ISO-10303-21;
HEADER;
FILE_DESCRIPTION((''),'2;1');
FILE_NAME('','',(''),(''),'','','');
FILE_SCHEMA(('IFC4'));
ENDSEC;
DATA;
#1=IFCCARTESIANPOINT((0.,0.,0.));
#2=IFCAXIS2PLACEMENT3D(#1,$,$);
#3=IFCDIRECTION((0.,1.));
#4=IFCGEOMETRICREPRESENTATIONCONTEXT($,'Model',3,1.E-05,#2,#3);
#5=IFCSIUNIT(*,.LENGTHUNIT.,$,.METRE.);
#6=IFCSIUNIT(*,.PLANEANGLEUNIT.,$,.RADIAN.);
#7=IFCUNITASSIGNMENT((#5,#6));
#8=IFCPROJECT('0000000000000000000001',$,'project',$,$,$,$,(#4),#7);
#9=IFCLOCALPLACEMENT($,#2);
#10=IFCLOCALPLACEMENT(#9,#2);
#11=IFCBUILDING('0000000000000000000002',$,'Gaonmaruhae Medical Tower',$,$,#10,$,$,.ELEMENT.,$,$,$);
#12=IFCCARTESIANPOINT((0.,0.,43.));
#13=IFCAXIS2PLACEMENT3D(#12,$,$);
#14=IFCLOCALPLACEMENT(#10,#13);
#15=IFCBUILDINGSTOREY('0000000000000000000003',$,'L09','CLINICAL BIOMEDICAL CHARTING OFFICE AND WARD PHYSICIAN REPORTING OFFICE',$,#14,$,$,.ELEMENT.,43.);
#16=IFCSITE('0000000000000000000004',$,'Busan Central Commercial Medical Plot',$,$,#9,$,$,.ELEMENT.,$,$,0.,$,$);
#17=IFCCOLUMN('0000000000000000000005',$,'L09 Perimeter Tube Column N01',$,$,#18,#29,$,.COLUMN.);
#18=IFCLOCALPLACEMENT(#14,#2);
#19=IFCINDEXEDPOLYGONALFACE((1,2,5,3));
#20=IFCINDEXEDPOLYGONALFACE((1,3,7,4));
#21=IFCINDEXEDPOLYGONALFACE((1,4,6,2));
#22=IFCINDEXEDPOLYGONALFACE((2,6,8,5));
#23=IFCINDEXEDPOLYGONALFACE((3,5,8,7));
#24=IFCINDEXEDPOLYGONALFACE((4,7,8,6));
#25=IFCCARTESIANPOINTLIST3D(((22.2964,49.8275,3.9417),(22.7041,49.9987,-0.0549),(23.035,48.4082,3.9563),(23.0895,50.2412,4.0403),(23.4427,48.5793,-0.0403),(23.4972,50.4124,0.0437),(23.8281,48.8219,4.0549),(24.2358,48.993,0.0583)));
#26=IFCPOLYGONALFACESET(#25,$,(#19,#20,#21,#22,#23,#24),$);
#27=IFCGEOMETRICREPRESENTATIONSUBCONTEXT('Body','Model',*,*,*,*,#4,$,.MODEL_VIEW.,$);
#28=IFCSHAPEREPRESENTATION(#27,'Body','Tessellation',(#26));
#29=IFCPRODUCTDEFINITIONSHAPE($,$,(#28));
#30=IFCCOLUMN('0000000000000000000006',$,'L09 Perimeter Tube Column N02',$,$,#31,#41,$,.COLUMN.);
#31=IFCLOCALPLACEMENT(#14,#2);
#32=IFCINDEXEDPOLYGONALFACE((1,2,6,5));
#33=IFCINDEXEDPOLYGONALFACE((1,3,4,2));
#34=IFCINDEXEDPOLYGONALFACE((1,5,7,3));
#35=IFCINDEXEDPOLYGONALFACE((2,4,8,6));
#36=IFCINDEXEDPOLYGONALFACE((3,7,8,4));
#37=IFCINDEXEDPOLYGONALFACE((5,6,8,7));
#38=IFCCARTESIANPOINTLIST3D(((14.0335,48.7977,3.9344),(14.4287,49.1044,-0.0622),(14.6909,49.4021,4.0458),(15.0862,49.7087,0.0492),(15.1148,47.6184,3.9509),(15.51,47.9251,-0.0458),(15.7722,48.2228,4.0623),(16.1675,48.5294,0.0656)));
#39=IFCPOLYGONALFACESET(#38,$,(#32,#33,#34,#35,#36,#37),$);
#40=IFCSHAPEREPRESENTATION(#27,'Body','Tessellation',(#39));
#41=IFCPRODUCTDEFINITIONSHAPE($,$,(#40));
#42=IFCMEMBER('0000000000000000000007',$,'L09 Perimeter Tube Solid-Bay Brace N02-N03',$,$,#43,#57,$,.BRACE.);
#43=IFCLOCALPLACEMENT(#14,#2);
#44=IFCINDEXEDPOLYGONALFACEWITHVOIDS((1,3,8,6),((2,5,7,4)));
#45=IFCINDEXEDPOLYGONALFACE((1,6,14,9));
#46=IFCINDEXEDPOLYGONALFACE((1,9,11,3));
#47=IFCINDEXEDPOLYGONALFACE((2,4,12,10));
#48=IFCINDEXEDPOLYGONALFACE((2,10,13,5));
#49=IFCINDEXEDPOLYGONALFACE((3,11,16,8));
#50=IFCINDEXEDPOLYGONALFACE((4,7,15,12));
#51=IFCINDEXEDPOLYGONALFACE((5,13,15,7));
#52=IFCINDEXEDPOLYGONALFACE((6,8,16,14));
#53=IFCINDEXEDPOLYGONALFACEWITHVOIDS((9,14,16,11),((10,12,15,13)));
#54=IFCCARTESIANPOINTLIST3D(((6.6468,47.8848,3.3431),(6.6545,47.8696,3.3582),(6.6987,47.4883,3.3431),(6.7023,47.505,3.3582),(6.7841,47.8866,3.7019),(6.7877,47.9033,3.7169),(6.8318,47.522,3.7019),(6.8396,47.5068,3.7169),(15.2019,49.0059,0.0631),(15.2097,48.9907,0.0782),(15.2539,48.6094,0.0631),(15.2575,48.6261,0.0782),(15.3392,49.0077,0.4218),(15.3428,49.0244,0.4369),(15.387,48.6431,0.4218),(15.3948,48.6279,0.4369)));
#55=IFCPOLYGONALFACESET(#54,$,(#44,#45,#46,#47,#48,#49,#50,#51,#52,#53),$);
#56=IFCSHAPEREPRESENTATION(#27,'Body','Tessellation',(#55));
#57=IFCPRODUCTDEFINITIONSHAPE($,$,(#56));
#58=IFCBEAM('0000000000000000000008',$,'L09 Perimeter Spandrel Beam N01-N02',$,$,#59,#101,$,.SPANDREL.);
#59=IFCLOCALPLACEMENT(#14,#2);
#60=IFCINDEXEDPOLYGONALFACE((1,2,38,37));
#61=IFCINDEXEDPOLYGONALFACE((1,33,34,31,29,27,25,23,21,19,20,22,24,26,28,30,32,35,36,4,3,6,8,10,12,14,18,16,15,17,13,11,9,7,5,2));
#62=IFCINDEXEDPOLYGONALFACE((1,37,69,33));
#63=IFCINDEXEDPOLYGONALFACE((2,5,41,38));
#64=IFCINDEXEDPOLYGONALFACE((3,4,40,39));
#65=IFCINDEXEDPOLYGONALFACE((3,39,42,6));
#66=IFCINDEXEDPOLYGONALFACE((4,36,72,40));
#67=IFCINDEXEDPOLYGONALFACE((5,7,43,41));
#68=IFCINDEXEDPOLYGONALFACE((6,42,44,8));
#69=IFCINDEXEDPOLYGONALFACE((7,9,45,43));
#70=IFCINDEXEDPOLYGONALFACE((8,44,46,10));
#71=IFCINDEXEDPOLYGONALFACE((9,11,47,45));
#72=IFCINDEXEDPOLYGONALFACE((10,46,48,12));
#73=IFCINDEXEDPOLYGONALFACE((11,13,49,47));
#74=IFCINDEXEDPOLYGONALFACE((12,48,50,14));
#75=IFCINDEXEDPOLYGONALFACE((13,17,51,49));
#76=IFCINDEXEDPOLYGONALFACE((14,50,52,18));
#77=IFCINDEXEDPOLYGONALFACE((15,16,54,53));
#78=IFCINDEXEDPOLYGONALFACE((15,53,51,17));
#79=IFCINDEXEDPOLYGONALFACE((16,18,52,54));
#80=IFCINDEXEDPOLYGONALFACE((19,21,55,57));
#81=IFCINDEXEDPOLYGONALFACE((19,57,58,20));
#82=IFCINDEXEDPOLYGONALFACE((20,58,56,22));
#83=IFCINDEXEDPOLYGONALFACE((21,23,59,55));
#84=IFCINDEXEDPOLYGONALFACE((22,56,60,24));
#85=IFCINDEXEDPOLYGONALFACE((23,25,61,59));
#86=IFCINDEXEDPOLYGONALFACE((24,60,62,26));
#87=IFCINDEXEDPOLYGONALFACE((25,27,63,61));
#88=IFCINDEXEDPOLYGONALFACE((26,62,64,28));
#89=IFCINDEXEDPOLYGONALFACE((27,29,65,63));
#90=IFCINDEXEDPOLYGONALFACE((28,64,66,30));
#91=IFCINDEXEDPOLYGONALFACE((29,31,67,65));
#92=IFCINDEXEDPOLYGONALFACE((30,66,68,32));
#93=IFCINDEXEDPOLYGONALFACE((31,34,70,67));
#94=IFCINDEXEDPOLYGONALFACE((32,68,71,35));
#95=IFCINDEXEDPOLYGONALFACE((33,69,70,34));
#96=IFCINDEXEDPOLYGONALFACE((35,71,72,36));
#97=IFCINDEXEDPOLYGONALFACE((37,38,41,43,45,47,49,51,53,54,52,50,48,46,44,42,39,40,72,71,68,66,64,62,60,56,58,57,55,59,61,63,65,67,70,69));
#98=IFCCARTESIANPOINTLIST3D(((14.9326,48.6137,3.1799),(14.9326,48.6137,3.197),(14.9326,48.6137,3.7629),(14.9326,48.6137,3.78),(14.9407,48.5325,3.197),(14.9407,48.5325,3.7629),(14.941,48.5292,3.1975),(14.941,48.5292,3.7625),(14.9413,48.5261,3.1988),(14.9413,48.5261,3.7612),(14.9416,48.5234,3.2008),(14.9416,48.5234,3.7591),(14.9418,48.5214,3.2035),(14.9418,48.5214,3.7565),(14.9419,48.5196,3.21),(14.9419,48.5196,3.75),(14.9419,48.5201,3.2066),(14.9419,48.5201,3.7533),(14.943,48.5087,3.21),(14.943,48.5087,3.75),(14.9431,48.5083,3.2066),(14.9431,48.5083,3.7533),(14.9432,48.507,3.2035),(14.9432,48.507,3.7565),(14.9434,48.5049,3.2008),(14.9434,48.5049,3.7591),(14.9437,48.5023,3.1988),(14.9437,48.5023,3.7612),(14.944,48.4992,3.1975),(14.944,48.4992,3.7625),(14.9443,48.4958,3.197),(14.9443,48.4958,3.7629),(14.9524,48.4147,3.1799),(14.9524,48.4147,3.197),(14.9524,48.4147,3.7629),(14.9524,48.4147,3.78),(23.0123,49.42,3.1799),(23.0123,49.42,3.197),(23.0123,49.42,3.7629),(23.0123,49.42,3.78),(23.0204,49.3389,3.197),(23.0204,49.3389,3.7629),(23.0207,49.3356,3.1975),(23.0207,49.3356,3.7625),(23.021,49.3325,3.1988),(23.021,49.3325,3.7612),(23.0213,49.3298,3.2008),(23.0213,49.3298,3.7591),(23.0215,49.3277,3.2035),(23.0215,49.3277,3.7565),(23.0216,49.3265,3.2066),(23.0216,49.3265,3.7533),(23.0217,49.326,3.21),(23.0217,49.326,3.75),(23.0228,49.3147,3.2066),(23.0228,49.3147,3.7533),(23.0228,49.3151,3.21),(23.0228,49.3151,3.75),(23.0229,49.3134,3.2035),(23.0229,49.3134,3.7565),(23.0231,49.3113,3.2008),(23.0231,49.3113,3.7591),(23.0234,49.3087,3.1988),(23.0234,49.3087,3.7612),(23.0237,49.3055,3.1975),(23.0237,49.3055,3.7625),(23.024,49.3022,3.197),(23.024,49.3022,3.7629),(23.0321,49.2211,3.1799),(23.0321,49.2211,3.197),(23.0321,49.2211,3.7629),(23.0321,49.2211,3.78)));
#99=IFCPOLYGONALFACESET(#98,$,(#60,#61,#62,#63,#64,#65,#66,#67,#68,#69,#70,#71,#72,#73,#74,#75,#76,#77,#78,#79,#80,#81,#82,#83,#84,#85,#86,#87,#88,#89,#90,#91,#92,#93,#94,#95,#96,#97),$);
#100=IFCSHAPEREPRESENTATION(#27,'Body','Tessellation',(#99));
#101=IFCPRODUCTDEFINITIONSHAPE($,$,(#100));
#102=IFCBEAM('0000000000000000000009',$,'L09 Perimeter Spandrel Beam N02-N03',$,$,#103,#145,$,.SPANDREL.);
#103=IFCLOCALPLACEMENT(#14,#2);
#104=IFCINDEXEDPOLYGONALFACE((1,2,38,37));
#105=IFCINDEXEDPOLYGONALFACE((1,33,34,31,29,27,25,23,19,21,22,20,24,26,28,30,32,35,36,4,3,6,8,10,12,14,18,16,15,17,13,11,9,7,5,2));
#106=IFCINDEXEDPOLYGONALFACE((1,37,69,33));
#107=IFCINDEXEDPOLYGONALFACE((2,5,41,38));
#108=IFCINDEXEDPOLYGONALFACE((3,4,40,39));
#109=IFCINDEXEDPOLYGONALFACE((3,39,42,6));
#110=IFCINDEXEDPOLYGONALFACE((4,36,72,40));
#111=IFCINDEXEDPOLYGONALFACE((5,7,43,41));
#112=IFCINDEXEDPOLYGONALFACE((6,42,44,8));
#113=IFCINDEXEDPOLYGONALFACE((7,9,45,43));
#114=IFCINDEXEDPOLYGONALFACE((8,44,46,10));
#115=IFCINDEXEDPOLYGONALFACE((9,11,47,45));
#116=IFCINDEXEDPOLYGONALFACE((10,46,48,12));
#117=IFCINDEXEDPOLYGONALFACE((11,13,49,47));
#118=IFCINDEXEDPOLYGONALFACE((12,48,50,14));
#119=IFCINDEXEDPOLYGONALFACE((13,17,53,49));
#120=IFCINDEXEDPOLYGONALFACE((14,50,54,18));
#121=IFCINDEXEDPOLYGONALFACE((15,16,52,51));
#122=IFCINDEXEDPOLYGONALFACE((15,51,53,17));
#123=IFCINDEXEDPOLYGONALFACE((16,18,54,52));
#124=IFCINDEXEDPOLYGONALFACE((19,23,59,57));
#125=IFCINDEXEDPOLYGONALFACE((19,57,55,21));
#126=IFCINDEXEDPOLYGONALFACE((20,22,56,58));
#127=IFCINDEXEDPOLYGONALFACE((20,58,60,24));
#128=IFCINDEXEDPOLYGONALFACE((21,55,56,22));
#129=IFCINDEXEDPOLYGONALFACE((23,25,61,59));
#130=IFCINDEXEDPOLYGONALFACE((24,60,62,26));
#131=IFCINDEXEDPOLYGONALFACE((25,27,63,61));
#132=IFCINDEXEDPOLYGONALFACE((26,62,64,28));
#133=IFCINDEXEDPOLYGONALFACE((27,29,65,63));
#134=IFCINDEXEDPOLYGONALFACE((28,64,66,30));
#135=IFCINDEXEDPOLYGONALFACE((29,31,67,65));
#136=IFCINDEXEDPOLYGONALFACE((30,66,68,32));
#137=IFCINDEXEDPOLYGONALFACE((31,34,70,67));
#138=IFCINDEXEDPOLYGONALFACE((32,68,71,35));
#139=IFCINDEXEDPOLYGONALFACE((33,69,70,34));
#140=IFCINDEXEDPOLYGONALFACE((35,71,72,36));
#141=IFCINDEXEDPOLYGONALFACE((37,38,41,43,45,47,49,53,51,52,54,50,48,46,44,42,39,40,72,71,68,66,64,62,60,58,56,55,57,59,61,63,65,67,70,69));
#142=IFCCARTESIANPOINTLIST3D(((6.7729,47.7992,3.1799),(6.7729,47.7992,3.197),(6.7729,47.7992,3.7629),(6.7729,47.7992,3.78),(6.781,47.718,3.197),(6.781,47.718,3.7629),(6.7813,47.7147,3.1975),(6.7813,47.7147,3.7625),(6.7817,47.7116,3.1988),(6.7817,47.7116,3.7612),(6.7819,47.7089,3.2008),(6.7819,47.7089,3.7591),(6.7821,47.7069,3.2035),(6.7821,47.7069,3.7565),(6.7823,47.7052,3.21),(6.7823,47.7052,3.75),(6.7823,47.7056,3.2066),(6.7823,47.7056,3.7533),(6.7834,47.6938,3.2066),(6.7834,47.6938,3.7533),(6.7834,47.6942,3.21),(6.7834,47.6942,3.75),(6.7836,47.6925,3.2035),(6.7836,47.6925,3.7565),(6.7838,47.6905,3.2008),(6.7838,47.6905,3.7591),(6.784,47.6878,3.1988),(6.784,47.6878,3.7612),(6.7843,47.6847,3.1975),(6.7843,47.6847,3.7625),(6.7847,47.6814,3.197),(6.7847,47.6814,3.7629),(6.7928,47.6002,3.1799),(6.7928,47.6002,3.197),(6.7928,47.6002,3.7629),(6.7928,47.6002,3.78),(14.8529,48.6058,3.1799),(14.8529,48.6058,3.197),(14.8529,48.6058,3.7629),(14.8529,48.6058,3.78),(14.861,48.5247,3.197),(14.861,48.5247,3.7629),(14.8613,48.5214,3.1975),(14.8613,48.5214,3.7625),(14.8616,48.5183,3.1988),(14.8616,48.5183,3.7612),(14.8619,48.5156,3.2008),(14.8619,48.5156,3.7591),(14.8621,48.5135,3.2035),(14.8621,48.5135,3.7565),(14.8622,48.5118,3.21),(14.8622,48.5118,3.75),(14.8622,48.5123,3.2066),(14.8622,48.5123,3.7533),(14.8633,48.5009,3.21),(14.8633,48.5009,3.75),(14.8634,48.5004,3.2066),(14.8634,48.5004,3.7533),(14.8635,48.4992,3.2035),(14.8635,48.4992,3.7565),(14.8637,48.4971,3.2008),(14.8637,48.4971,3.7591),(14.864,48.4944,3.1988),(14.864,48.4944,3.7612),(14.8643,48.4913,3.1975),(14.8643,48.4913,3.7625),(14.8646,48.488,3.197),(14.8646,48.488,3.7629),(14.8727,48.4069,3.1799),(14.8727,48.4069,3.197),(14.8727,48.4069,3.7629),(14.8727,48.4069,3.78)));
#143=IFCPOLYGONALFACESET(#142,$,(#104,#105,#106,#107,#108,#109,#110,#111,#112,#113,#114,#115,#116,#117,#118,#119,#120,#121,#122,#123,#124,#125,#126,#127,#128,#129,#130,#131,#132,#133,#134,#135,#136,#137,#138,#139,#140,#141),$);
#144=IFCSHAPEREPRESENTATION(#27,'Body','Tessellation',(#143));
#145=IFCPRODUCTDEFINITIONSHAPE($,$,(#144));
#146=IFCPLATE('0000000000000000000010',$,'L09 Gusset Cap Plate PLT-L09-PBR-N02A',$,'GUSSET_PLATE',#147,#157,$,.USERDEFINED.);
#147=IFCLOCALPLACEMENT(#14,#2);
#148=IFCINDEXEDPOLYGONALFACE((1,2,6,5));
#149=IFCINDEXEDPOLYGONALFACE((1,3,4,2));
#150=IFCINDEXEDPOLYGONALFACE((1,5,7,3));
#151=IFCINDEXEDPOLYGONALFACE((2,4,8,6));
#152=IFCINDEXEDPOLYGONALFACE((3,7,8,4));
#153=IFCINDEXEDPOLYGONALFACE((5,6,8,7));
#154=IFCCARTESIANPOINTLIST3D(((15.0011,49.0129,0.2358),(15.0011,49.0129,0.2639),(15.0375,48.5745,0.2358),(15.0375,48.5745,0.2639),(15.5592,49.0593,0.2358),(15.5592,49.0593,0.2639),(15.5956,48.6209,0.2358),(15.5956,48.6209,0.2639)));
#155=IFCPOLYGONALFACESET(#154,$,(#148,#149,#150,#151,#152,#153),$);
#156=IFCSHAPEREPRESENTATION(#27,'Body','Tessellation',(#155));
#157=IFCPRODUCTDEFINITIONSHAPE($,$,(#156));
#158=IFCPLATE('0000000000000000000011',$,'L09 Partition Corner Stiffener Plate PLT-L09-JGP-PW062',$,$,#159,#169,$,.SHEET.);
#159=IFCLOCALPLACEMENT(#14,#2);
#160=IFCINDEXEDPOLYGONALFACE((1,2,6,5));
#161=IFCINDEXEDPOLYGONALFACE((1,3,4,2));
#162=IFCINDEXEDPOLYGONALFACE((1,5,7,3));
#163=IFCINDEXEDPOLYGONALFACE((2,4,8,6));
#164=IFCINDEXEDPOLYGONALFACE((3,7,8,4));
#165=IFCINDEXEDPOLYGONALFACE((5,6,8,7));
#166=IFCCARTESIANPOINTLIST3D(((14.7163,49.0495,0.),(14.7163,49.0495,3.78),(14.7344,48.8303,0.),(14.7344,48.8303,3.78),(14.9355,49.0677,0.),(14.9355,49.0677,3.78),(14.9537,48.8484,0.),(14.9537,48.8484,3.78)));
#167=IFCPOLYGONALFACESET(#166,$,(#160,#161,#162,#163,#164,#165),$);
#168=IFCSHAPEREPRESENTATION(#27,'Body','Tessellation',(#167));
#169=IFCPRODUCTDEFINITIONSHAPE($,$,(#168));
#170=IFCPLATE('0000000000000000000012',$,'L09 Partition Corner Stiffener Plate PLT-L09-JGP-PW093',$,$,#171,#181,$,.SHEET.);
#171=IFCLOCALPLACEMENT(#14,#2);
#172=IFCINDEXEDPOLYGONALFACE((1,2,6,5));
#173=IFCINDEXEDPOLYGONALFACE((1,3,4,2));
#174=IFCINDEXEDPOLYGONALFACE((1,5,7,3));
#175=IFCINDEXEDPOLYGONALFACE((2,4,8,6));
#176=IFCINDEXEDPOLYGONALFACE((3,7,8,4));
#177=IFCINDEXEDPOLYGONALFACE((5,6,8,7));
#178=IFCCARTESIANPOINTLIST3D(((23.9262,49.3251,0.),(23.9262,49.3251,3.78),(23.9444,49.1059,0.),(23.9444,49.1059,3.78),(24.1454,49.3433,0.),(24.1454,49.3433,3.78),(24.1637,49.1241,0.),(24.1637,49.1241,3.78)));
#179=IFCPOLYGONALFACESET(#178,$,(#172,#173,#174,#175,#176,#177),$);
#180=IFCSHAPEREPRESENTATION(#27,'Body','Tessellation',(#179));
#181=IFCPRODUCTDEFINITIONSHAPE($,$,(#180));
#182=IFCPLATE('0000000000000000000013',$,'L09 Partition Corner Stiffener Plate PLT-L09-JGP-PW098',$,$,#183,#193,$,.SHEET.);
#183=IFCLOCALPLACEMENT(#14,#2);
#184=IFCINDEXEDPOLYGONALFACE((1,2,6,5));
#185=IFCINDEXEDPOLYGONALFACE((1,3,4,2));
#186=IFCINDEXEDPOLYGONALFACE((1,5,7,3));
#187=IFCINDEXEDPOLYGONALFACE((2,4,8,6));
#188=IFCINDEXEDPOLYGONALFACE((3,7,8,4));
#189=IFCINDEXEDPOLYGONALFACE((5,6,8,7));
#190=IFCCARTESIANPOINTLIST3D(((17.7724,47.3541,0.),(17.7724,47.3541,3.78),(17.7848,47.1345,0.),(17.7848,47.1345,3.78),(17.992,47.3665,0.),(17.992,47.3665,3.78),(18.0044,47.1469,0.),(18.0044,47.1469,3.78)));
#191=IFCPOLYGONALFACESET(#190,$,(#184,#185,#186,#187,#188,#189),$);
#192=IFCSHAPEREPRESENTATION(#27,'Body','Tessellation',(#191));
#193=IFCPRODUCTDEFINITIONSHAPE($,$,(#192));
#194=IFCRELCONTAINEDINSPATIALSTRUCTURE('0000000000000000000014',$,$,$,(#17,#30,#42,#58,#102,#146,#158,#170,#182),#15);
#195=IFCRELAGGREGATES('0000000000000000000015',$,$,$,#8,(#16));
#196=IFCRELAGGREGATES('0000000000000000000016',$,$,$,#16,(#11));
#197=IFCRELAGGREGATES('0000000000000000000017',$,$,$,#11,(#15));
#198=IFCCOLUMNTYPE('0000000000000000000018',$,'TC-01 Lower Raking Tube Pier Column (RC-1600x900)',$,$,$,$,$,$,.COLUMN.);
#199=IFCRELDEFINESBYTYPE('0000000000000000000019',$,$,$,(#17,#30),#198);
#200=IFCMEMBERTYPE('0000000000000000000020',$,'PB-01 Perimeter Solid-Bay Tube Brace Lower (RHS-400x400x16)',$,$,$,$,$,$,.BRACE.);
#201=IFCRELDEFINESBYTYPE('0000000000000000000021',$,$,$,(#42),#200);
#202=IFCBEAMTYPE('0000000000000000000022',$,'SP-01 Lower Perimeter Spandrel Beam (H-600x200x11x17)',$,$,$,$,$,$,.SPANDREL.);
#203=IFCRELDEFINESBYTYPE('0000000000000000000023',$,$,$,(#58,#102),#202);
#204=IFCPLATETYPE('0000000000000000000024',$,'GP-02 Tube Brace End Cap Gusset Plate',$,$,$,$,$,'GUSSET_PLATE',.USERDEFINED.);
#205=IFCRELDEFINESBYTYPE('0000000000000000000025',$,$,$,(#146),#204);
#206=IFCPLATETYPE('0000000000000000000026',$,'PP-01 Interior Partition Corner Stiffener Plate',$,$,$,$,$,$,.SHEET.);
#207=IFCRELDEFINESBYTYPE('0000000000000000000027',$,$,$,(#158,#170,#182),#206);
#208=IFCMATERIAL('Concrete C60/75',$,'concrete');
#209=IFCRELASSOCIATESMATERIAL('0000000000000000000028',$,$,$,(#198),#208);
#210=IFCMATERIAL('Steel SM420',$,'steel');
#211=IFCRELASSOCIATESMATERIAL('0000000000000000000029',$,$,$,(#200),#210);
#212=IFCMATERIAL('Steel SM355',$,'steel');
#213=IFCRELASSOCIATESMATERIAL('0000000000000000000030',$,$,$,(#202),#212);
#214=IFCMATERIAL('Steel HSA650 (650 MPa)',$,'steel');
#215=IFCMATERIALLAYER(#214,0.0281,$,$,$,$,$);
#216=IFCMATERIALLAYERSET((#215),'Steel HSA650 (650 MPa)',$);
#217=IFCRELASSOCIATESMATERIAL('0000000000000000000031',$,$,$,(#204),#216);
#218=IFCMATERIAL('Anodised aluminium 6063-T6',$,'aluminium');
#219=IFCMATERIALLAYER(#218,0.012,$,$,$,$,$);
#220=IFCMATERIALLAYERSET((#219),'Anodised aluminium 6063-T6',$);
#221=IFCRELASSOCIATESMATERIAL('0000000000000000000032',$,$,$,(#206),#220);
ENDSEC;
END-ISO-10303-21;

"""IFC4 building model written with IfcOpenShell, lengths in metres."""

from ifc_helpers import new_model, si_unit, direction, frame, origin, origin_2d, place, context, subcontext, project, spatial, rectangle, hollow_rectangle, i_section, extrude, material, layer, layer_set, material_profile, profile_set, type_object, element, save


model = new_model("IFC4")

# Units and contexts
model_context = context("Model", 3, precision=1e-05, world=origin(), true_north=direction((0.0, 1.0)))
body_context = subcontext(model_context, "Body", "Model", "MODEL_VIEW")
ifc_project = project(units=[si_unit("LENGTHUNIT", "METRE"), si_unit("PLANEANGLEUNIT", "RADIAN")], contexts=[model_context])

# Site, building, storey
site_placement = place(None, origin())
site = spatial("IfcSite", under=ifc_project, at=site_placement, Name="Busan Central Commercial Medical Plot", CompositionType="ELEMENT", RefElevation=0.0)
building_placement = place(site_placement, origin())
building = spatial("IfcBuilding", under=site, at=building_placement, Name="Gaonmaruhae Medical Tower", CompositionType="ELEMENT")
storey_placement = place(building_placement, frame((0.0, 0.0, 43.0)))
storey = spatial("IfcBuildingStorey", under=building, at=storey_placement, Name="L09", Description="CLINICAL BIOMEDICAL CHARTING OFFICE AND WARD PHYSICIAN REPORTING OFFICE", CompositionType="ELEMENT", Elevation=43.0)

# Columns
ifc_material_1 = material(Name="Concrete C60/75", Category="concrete")
ifc_material_profile_1 = material_profile(ifc_material_1, rectangle(XDim=1.6001, YDim=0.8999, at=origin_2d()), Name="RC-1600x900")
ifc_profile_set_1 = profile_set([ifc_material_profile_1], Name="Concrete C60/75")
column_type = type_object("IfcColumnType", Name="TC-01 Lower Raking Tube Pier Column (RC-1600x900)", PredefinedType="COLUMN", material=ifc_profile_set_1)
column_1_placement = place(storey_placement, frame((23.47, 49.4958, 0.0017), z_axis=(-0.101397, -0.042563, 0.993935), x_axis=(0.461607, -0.887038, 0.009106)))
element("IfcColumn", 1, at=column_1_placement, inside=storey, type_object=column_type, Name="L09 Perimeter Tube Column N01", PredefinedType="COLUMN", context=body_context, shape_type="SweptSolid", body=[
    extrude(rectangle(XDim=1.6001, YDim=0.8999, at=origin_2d()), origin(), (0.0, 0.0, 1.0), 4.021),
])
column_2_placement = place(storey_placement, frame((15.2981, 48.8169, 0.0017), z_axis=(-0.098135, -0.076132, 0.992257), x_axis=(0.675776, -0.737035, 0.010285)))
element("IfcColumn", 2, at=column_2_placement, inside=storey, type_object=column_type, Name="L09 Perimeter Tube Column N02", PredefinedType="COLUMN", context=body_context, shape_type="SweptSolid", body=[
    extrude(rectangle(XDim=1.6001, YDim=0.8999, at=origin_2d()), origin(), (0.0, 0.0, 1.0), 4.0278),
])

# Member
ifc_material_2 = material(Name="Steel SM420", Category="steel")
ifc_material_profile_2 = material_profile(ifc_material_2, hollow_rectangle(XDim=0.3999, YDim=0.3999, WallThickness=0.0161, at=origin_2d()), Name="RHS-400x400x16")
ifc_profile_set_2 = profile_set([ifc_material_profile_2], Name="Steel SM420")
member_type = type_object("IfcMemberType", Name="PB-01 Perimeter Solid-Bay Tube Brace Lower (RHS-400x400x16)", PredefinedType="BRACE", material=ifc_profile_set_2)
member_placement = place(storey_placement, frame((15.2983, 48.8169, 0.25), z_axis=(-0.926814, -0.121452, 0.355338), x_axis=(0.129932, -0.991523, 0.0)))
element("IfcMember", 3, at=member_placement, inside=storey, type_object=member_type, Name="L09 Perimeter Tube Solid-Bay Brace N02-N03", PredefinedType="BRACE", context=body_context, shape_type="SweptSolid", body=[
    extrude(hollow_rectangle(XDim=0.3999, YDim=0.3999, WallThickness=0.0161, at=origin_2d()), origin(), (0.0, 0.0, 1.0), 9.2307),
])

# Beams
ifc_material_3 = material(Name="Steel SM355", Category="steel")
ifc_material_profile_3 = material_profile(ifc_material_3, i_section(OverallWidth=0.2, OverallDepth=0.6001, WebThickness=0.011, FlangeThickness=0.0171, FilletRadius=0.0129, at=origin_2d()), Name="H-600x200x11x17")
ifc_profile_set_3 = profile_set([ifc_material_profile_3], Name="Steel SM355")
beam_type = type_object("IfcBeamType", Name="SP-01 Lower Perimeter Spandrel Beam (H-600x200x11x17)", PredefinedType="SPANDREL", material=ifc_profile_set_3)
beam_1_placement = place(storey_placement, frame((23.0222, 49.3206, 3.48), z_axis=(-0.995057, -0.09931, 0.0), x_axis=(0.09931, -0.995057, 0.0)))
element("IfcBeam", 4, at=beam_1_placement, inside=storey, type_object=beam_type, Name="L09 Perimeter Spandrel Beam N01-N02", PredefinedType="SPANDREL", context=body_context, shape_type="SweptSolid", body=[
    extrude(i_section(OverallWidth=0.2, OverallDepth=0.6001, WebThickness=0.011, FlangeThickness=0.0171, FilletRadius=0.0129, at=origin_2d()), origin(), (0.0, 0.0, 1.0), 8.1199),
])
beam_2_placement = place(storey_placement, frame((14.8628, 48.5063, 3.48), z_axis=(-0.995054, -0.09934, 0.0), x_axis=(0.09934, -0.995054, 0.0)))
element("IfcBeam", 5, at=beam_2_placement, inside=storey, type_object=beam_type, Name="L09 Perimeter Spandrel Beam N02-N03", PredefinedType="SPANDREL", context=body_context, shape_type="SweptSolid", body=[
    extrude(i_section(OverallWidth=0.2, OverallDepth=0.6001, WebThickness=0.011, FlangeThickness=0.0171, FilletRadius=0.0129, at=origin_2d()), origin(), (0.0, 0.0, 1.0), 8.1201),
])

# Plates
ifc_material_4 = material(Name="Steel HSA650 (650 MPa)", Category="steel")
ifc_layer_1 = layer(ifc_material_4, 0.0281)
ifc_layer_set_1 = layer_set([ifc_layer_1], Name="Steel HSA650 (650 MPa)")
plate_type_1 = type_object("IfcPlateType", Name="GP-02 Tube Brace End Cap Gusset Plate", ElementType="GUSSET_PLATE", PredefinedType="USERDEFINED", material=ifc_layer_set_1)
plate_placement = place(storey_placement, frame((15.2983, 48.8169, 0.2358), z_axis=(0.0, 0.0, 1.0), x_axis=(0.996566, 0.082808, 0.0)))
element("IfcPlate", 6, at=plate_placement, inside=storey, type_object=plate_type_1, Name="L09 Gusset Cap Plate PLT-L09-PBR-N02A", ObjectType="GUSSET_PLATE", PredefinedType="USERDEFINED", context=body_context, shape_type="SweptSolid", body=[
    extrude(rectangle(XDim=0.5601, YDim=0.4399, at=origin_2d()), origin(), (0.0, 0.0, 1.0), 0.0281),
])
ifc_material_5 = material(Name="Anodised aluminium 6063-T6", Category="aluminium")
ifc_layer_2 = layer(ifc_material_5, 0.012)
ifc_layer_set_2 = layer_set([ifc_layer_2], Name="Anodised aluminium 6063-T6")
plate_type_2 = type_object("IfcPlateType", Name="PP-01 Interior Partition Corner Stiffener Plate", PredefinedType="SHEET", material=ifc_layer_set_2)
for number, where, z_axis, x_axis, name in (
    (7, (14.835, 48.949, 0.0), (0.0, 0.0, 1.0), (0.996584, 0.082582, 0.0), "L09 Partition Corner Stiffener Plate PLT-L09-JGP-PW062"),
    (8, (24.0449, 49.2246, 0.0), (0.0, 0.0, 1.0), (0.082947, -0.996554, 0.0), "L09 Partition Corner Stiffener Plate PLT-L09-JGP-PW093"),
    (9, (17.8884, 47.2505, 0.0), (0.0, 0.0, 1.0), (-0.998411, -0.056344, 0.0), "L09 Partition Corner Stiffener Plate PLT-L09-JGP-PW098"),
):
    element("IfcPlate", number, at=place(storey_placement, frame(where, z_axis=z_axis, x_axis=x_axis)), inside=storey, type_object=plate_type_2, Name=name, PredefinedType="SHEET", context=body_context, shape_type="SweptSolid", body=[
        extrude(rectangle(XDim=0.22, YDim=0.22, at=origin_2d()), origin(), (0.0, 0.0, 1.0), 3.78),
    ])

save(model, "model.ifc")
